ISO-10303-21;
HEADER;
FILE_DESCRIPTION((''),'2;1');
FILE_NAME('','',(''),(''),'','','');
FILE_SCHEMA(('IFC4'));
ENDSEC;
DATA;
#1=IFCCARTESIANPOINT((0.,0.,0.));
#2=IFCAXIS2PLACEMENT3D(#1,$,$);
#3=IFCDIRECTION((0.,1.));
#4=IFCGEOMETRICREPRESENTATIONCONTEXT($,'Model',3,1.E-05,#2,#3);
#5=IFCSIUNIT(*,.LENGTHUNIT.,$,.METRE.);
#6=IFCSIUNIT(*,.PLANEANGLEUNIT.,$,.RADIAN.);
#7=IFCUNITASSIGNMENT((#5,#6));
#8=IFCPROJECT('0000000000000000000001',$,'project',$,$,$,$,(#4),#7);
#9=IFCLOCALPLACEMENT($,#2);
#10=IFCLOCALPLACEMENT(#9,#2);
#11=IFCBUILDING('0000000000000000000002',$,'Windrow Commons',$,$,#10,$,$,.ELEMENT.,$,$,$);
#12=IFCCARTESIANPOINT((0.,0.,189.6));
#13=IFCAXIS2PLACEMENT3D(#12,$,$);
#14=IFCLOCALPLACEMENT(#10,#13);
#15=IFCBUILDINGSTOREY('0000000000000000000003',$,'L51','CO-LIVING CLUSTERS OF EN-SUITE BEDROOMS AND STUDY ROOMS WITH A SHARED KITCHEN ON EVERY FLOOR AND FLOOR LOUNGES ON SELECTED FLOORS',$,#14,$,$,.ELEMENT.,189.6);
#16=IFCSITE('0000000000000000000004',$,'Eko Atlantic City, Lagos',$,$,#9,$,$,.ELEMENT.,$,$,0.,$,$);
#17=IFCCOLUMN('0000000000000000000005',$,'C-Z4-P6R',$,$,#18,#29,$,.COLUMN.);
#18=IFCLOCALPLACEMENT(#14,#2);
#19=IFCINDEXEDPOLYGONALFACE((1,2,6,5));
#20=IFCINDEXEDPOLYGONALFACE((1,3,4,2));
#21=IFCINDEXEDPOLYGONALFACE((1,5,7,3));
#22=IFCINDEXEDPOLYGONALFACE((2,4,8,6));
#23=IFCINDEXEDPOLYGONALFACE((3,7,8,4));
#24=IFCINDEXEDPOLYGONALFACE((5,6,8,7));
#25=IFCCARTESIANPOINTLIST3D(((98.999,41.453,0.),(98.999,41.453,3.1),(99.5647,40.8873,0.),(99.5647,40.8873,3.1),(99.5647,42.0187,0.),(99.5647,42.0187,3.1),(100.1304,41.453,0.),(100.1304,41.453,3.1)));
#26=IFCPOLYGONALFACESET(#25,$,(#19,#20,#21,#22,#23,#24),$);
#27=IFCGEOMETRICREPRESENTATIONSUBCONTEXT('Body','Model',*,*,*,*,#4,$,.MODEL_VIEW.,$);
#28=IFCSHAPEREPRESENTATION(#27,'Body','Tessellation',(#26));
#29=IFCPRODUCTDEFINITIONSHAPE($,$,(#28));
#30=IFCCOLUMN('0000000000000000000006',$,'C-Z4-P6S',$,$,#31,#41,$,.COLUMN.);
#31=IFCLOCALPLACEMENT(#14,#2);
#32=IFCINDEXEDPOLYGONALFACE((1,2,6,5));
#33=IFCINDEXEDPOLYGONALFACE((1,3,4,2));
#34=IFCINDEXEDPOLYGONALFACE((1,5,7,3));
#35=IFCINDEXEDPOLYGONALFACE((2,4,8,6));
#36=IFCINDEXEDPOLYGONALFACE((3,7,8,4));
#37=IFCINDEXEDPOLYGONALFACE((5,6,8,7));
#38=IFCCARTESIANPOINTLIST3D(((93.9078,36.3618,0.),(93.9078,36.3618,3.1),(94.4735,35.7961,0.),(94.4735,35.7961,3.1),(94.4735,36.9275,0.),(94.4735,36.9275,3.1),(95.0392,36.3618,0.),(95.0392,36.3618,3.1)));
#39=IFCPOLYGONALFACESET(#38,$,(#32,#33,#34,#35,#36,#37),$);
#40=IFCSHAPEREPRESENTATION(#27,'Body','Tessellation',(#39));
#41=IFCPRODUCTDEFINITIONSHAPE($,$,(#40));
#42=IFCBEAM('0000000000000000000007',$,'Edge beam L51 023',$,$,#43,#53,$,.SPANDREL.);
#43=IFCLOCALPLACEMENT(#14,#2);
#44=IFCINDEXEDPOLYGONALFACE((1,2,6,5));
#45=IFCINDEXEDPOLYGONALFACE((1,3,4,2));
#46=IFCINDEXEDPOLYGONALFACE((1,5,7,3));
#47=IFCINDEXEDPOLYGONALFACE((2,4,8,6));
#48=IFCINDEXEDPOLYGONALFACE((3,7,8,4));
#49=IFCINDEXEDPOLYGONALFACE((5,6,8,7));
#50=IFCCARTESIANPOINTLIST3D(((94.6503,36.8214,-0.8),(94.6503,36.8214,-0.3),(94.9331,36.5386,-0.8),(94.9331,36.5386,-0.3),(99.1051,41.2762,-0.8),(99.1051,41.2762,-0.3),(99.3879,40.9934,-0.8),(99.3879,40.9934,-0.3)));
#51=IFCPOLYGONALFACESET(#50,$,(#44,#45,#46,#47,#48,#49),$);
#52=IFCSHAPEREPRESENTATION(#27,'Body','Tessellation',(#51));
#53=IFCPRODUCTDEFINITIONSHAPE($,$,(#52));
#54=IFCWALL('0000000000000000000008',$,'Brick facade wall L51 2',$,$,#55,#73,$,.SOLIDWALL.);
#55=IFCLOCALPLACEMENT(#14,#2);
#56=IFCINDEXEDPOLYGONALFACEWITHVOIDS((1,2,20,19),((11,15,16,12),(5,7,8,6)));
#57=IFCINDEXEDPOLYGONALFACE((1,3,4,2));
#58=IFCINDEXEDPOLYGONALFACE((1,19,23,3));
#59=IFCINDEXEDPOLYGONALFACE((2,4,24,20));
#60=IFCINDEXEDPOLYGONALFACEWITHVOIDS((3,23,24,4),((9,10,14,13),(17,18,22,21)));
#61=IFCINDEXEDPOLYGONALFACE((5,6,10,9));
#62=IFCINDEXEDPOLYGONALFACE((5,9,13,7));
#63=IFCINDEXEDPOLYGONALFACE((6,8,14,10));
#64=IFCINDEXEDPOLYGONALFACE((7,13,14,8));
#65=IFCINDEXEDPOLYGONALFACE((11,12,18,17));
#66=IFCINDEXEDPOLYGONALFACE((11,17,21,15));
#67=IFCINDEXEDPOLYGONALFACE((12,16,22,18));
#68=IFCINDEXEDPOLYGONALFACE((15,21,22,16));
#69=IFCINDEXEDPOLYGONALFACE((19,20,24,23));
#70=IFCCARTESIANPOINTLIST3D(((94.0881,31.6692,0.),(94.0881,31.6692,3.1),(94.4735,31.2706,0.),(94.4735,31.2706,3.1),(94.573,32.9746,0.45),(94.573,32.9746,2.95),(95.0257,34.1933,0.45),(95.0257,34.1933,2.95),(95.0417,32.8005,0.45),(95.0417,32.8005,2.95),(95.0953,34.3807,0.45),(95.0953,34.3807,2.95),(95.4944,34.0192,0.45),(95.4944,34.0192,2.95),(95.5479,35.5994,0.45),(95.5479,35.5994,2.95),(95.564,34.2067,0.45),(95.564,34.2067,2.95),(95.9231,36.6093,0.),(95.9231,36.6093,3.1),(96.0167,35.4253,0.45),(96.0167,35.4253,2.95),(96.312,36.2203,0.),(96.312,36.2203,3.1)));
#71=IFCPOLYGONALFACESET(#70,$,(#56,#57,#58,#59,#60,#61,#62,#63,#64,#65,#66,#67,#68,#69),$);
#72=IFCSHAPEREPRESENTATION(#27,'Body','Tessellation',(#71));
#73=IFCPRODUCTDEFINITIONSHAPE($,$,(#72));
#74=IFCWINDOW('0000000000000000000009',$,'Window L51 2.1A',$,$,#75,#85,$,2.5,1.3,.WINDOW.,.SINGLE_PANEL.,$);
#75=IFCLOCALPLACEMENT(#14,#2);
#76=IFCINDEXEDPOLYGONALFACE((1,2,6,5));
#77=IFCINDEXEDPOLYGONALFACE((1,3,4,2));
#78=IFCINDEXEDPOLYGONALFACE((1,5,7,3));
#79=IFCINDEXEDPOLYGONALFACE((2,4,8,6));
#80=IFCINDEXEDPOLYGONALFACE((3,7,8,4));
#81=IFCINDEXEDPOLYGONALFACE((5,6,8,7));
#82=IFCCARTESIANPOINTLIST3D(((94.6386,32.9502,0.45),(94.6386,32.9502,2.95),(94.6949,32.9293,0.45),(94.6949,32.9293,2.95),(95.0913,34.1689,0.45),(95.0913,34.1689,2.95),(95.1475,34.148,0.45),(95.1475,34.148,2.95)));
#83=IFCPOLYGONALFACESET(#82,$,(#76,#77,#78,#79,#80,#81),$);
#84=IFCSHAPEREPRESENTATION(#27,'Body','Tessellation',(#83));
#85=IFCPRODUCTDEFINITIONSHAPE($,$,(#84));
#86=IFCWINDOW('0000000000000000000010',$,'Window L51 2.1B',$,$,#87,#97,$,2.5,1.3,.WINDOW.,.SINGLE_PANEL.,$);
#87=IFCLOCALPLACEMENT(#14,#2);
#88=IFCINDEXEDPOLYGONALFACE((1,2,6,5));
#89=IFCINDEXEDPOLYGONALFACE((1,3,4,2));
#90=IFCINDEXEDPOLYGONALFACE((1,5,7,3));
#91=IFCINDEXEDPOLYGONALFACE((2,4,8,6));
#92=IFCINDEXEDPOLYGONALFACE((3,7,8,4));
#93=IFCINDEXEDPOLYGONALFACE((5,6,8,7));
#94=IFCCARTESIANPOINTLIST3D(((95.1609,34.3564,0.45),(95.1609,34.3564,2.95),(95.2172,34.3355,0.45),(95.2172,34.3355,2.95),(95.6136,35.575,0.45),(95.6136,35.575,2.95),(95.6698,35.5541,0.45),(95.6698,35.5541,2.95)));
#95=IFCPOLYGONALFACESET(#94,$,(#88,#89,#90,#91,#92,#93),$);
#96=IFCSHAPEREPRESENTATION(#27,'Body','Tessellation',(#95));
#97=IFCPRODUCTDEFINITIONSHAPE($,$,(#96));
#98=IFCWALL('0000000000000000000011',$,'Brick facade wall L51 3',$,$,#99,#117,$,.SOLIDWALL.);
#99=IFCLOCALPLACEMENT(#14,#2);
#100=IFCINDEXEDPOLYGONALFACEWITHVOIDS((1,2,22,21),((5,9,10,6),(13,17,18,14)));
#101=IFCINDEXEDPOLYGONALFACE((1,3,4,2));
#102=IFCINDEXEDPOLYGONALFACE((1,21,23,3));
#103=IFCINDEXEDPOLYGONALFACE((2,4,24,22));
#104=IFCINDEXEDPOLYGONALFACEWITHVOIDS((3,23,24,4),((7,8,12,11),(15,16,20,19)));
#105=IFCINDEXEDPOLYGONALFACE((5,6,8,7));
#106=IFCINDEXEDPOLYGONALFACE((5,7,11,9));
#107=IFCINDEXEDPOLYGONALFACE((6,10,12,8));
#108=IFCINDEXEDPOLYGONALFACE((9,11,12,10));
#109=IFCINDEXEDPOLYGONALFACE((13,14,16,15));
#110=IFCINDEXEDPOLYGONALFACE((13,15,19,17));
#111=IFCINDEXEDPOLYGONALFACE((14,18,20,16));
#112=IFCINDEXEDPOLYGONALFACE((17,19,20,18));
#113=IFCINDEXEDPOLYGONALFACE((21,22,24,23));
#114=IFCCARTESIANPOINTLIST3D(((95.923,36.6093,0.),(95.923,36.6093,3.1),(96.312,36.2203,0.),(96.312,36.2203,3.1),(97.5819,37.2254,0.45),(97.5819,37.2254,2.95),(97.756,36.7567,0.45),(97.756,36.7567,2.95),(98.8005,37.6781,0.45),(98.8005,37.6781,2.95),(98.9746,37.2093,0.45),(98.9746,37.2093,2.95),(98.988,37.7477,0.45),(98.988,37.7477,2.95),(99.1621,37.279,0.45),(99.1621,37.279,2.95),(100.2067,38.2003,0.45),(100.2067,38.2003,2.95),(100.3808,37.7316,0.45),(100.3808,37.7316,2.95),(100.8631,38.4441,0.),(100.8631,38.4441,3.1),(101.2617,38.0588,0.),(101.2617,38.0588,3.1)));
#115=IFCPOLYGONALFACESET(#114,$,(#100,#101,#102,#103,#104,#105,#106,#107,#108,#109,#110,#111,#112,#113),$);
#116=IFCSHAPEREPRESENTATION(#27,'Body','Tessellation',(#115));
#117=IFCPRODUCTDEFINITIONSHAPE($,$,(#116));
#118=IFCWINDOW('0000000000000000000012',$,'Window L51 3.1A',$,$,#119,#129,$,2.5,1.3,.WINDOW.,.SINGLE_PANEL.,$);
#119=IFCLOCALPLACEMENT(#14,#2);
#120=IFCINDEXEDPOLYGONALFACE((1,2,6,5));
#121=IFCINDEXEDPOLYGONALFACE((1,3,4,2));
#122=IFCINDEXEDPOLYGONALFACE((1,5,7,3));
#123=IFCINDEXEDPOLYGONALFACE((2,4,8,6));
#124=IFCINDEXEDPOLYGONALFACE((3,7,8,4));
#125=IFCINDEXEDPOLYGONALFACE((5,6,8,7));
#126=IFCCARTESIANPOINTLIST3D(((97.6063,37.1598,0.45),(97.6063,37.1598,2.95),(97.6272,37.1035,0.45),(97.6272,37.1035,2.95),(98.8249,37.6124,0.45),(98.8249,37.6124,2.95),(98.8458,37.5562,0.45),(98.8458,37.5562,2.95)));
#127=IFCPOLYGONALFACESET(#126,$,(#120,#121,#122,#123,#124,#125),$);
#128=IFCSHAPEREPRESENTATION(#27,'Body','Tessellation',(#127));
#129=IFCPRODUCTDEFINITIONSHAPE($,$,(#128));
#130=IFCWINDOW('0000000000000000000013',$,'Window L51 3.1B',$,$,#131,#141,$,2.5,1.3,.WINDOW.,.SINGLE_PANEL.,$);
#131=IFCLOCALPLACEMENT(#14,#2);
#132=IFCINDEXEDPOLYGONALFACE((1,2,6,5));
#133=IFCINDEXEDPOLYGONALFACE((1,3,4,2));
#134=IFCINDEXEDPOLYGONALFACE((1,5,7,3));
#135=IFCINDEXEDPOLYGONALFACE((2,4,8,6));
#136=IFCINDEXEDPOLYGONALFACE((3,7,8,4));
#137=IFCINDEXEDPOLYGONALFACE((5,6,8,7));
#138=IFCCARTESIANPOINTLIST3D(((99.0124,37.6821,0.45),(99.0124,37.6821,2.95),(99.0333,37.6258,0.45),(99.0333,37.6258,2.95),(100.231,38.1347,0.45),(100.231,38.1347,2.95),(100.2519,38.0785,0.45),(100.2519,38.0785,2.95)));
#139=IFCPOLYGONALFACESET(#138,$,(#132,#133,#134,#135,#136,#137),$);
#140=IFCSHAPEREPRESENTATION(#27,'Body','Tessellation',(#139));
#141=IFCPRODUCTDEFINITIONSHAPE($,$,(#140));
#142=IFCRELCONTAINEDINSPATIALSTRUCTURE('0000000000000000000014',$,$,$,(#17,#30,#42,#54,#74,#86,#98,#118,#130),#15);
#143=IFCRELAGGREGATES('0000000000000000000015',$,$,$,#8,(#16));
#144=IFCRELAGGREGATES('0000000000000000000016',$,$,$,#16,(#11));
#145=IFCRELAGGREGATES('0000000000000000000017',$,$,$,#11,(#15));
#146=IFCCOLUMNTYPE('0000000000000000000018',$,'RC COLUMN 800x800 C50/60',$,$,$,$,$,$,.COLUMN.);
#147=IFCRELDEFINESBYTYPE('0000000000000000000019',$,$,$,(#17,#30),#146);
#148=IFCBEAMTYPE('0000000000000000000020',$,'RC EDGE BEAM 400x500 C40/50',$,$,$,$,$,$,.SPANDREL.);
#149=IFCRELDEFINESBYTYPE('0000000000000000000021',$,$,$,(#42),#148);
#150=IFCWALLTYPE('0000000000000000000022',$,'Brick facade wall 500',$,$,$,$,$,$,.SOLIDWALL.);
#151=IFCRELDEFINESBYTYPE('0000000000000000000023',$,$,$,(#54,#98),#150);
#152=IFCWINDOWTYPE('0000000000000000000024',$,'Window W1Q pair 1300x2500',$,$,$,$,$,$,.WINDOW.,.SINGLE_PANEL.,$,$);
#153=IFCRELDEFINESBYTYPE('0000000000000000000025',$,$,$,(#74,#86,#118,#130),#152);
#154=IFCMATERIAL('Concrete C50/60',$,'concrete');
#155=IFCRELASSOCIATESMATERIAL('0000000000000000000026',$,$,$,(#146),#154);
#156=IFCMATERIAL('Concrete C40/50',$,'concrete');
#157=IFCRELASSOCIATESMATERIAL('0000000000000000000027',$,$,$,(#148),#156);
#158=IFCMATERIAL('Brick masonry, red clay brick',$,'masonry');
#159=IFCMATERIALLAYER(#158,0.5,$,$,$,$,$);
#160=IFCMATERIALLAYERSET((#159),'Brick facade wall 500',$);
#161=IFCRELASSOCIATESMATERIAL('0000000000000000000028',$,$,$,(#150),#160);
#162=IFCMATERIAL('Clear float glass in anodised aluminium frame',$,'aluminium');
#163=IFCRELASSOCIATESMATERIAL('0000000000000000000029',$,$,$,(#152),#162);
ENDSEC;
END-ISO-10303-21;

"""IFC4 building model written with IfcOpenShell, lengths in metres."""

from ifc_helpers import new_model, si_unit, direction, frame, frame_2d, origin, origin_2d, place, context, subcontext, project, spatial, polyline, rectangle, outline, extrude, material, layer, layer_set, material_profile, profile_set, type_object, element, fill, save


model = new_model("IFC4")

# Units and contexts
model_context = context("Model", 3, precision=1e-05, world=origin(), true_north=direction((0.0, 1.0)))
body_context = subcontext(model_context, "Body", "Model", "MODEL_VIEW")
ifc_project = project(units=[si_unit("LENGTHUNIT", "METRE"), si_unit("PLANEANGLEUNIT", "RADIAN")], contexts=[model_context])

# Site, building, storey
site_placement = place(None, origin())
site = spatial("IfcSite", under=ifc_project, at=site_placement, Name="Eko Atlantic City, Lagos", CompositionType="ELEMENT", RefElevation=0.0)
building_placement = place(site_placement, origin())
building = spatial("IfcBuilding", under=site, at=building_placement, Name="Windrow Commons", CompositionType="ELEMENT")
storey_placement = place(building_placement, frame((0.0, 0.0, 189.6)))
storey = spatial("IfcBuildingStorey", under=building, at=storey_placement, Name="L51", Description="CO-LIVING CLUSTERS OF EN-SUITE BEDROOMS AND STUDY ROOMS WITH A SHARED KITCHEN ON EVERY FLOOR AND FLOOR LOUNGES ON SELECTED FLOORS", CompositionType="ELEMENT", Elevation=189.6)

# Columns
ifc_material_1 = material(Name="Concrete C50/60", Category="concrete")
ifc_material_profile_1 = material_profile(ifc_material_1, rectangle(XDim=0.8, YDim=0.8, at=origin_2d()))
ifc_profile_set_1 = profile_set([ifc_material_profile_1], Name="Concrete C50/60")
column_type = type_object("IfcColumnType", Name="RC COLUMN 800x800 C50/60", PredefinedType="COLUMN", material=ifc_profile_set_1)
for number, where, z_axis, x_axis, name in (
    (1, (99.5647, 41.453, 0.0), (0.0, 0.0, 1.0), (0.707107, -0.707107, 0.0), "C-Z4-P6R"),
    (2, (94.4735, 36.3618, 0.0), (0.0, 0.0, 1.0), (0.707107, -0.707107, 0.0), "C-Z4-P6S"),
):
    element("IfcColumn", number, at=place(storey_placement, frame(where, z_axis=z_axis, x_axis=x_axis)), inside=storey, type_object=column_type, Name=name, PredefinedType="COLUMN", context=body_context, shape_type="SweptSolid", body=[
        extrude(rectangle(XDim=0.8, YDim=0.8, at=origin_2d()), origin(), (0.0, 0.0, 1.0), 3.1),
    ])

# Beam
ifc_material_2 = material(Name="Concrete C40/50", Category="concrete")
ifc_material_profile_2 = material_profile(ifc_material_2, rectangle(XDim=0.4, YDim=0.5, at=origin_2d()))
ifc_profile_set_2 = profile_set([ifc_material_profile_2], Name="Concrete C40/50")
beam_type = type_object("IfcBeamType", Name="RC EDGE BEAM 400x500 C40/50", PredefinedType="SPANDREL", material=ifc_profile_set_2)
beam_placement = place(storey_placement, frame((99.2465, 41.1348, -0.55), z_axis=(-0.707107, -0.707107, 0.0), x_axis=(0.707107, -0.707107, 0.0)))
element("IfcBeam", 3, at=beam_placement, inside=storey, type_object=beam_type, Name="Edge beam L51 023", PredefinedType="SPANDREL", context=body_context, shape_type="SweptSolid", body=[
    extrude(rectangle(XDim=0.4, YDim=0.5, at=origin_2d()), origin(), (0.0, 0.0, 1.0), 6.3),
])

# Walls, openings, windows
ifc_material_3 = material(Name="Brick masonry, red clay brick", Category="masonry")
ifc_layer_1 = layer(ifc_material_3, 0.5)
ifc_layer_set_1 = layer_set([ifc_layer_1], Name="Brick facade wall 500")
wall_type_1 = type_object("IfcWallType", Name="Brick facade wall 500", PredefinedType="SOLIDWALL", material=ifc_layer_set_1)
wall_1_placement = place(storey_placement, frame((94.2808, 31.4699, 0.0), z_axis=(0.0, 0.0, 1.0), x_axis=(0.34819, 0.937424, 0.0)))
wall_1 = element("IfcWall", 4, at=wall_1_placement, inside=storey, type_object=wall_type_1, Name="Brick facade wall L51 2", PredefinedType="SOLIDWALL", context=body_context, shape_type="SweptSolid", body=[
    extrude(outline(polyline([(-0.1197, -0.25), (5.1604, -0.25), (5.3896, 0.25), (0.1197, 0.25), (-0.1197, -0.25)])), origin(), (0.0, 0.0, 1.0), 3.1),
])
opening_1_placement = place(wall_1_placement, frame((1.5123, 0.0, 0.45)))
opening_1 = element("IfcOpeningElement", 5, at=opening_1_placement, cuts=wall_1, PredefinedType="OPENING", context=body_context, shape_type="SweptSolid", body=[
    extrude(rectangle(XDim=1.3, YDim=2.5, at=frame_2d((0.65, 1.25))), frame((0.0, 0.26, 0.0), z_axis=(0.0, -1.0, 0.0), x_axis=(1.0, 0.0, 0.0)), (0.0, 0.0, 1.0), 0.52),
])
opening_2_placement = place(wall_1_placement, frame((3.0123, 0.0, 0.45)))
opening_2 = element("IfcOpeningElement", 6, at=opening_2_placement, cuts=wall_1, PredefinedType="OPENING", context=body_context, shape_type="SweptSolid", body=[
    extrude(rectangle(XDim=1.3, YDim=2.5, at=frame_2d((0.65, 1.25))), frame((0.0, 0.26, 0.0), z_axis=(0.0, -1.0, 0.0), x_axis=(1.0, 0.0, 0.0)), (0.0, 0.0, 1.0), 0.52),
])
ifc_material_4 = material(Name="Clear float glass in anodised aluminium frame", Category="aluminium")
window_type = type_object("IfcWindowType", Name="Window W1Q pair 1300x2500", PartitioningType="SINGLE_PANEL", PredefinedType="WINDOW", material=ifc_material_4)
window_1_placement = place(opening_1_placement, origin())
window_1 = element("IfcWindow", 7, at=window_1_placement, inside=storey, type_object=window_type, Name="Window L51 2.1A", OverallHeight=2.5, OverallWidth=1.3, PartitioningType="SINGLE_PANEL", PredefinedType="WINDOW", context=body_context, shape_type="SweptSolid", body=[
    extrude(rectangle(XDim=1.3, YDim=2.5, at=frame_2d((0.65, 1.25))), frame((0.0, 0.18, 0.0), z_axis=(0.0, -1.0, 0.0), x_axis=(1.0, 0.0, 0.0)), (0.0, 0.0, 1.0), 0.06),
])
fill(opening_1, window_1)
window_2_placement = place(opening_2_placement, origin())
window_2 = element("IfcWindow", 8, at=window_2_placement, inside=storey, type_object=window_type, Name="Window L51 2.1B", OverallHeight=2.5, OverallWidth=1.3, PartitioningType="SINGLE_PANEL", PredefinedType="WINDOW", context=body_context, shape_type="SweptSolid", body=[
    extrude(rectangle(XDim=1.3, YDim=2.5, at=frame_2d((0.65, 1.25))), frame((0.0, 0.18, 0.0), z_axis=(0.0, -1.0, 0.0), x_axis=(1.0, 0.0, 0.0)), (0.0, 0.0, 1.0), 0.06),
])
fill(opening_2, window_2)
wall_2_placement = place(storey_placement, frame((96.1175, 36.4148, 0.0), z_axis=(0.0, 0.0, 1.0), x_axis=(0.937424, 0.34819, 0.0)))
wall_2 = element("IfcWall", 9, at=wall_2_placement, inside=storey, type_object=wall_type_1, Name="Brick facade wall L51 3", PredefinedType="SOLIDWALL", context=body_context, shape_type="SweptSolid", body=[
    extrude(outline(polyline([(0.1146, -0.25), (5.3947, -0.25), (5.1552, 0.25), (-0.1146, 0.25), (0.1146, -0.25)])), origin(), (0.0, 0.0, 1.0), 3.1),
])
opening_3_placement = place(wall_2_placement, frame((1.655, 0.0, 0.45)))
opening_3 = element("IfcOpeningElement", 10, at=opening_3_placement, cuts=wall_2, PredefinedType="OPENING", context=body_context, shape_type="SweptSolid", body=[
    extrude(rectangle(XDim=1.3, YDim=2.5, at=frame_2d((0.65, 1.25))), frame((0.0, 0.26, 0.0), z_axis=(0.0, -1.0, 0.0), x_axis=(1.0, 0.0, 0.0)), (0.0, 0.0, 1.0), 0.52),
])
opening_4_placement = place(wall_2_placement, frame((3.155, 0.0, 0.45)))
opening_4 = element("IfcOpeningElement", 11, at=opening_4_placement, cuts=wall_2, PredefinedType="OPENING", context=body_context, shape_type="SweptSolid", body=[
    extrude(rectangle(XDim=1.3, YDim=2.5, at=frame_2d((0.65, 1.25))), frame((0.0, 0.26, 0.0), z_axis=(0.0, -1.0, 0.0), x_axis=(1.0, 0.0, 0.0)), (0.0, 0.0, 1.0), 0.52),
])
window_3_placement = place(opening_3_placement, origin())
window_3 = element("IfcWindow", 12, at=window_3_placement, inside=storey, type_object=window_type, Name="Window L51 3.1A", OverallHeight=2.5, OverallWidth=1.3, PartitioningType="SINGLE_PANEL", PredefinedType="WINDOW", context=body_context, shape_type="SweptSolid", body=[
    extrude(rectangle(XDim=1.3, YDim=2.5, at=frame_2d((0.65, 1.25))), frame((0.0, 0.18, 0.0), z_axis=(0.0, -1.0, 0.0), x_axis=(1.0, 0.0, 0.0)), (0.0, 0.0, 1.0), 0.06),
])
fill(opening_3, window_3)
window_4_placement = place(opening_4_placement, origin())
window_4 = element("IfcWindow", 13, at=window_4_placement, inside=storey, type_object=window_type, Name="Window L51 3.1B", OverallHeight=2.5, OverallWidth=1.3, PartitioningType="SINGLE_PANEL", PredefinedType="WINDOW", context=body_context, shape_type="SweptSolid", body=[
    extrude(rectangle(XDim=1.3, YDim=2.5, at=frame_2d((0.65, 1.25))), frame((0.0, 0.18, 0.0), z_axis=(0.0, -1.0, 0.0), x_axis=(1.0, 0.0, 0.0)), (0.0, 0.0, 1.0), 0.06),
])
fill(opening_4, window_4)

save(model, "model.ifc")
